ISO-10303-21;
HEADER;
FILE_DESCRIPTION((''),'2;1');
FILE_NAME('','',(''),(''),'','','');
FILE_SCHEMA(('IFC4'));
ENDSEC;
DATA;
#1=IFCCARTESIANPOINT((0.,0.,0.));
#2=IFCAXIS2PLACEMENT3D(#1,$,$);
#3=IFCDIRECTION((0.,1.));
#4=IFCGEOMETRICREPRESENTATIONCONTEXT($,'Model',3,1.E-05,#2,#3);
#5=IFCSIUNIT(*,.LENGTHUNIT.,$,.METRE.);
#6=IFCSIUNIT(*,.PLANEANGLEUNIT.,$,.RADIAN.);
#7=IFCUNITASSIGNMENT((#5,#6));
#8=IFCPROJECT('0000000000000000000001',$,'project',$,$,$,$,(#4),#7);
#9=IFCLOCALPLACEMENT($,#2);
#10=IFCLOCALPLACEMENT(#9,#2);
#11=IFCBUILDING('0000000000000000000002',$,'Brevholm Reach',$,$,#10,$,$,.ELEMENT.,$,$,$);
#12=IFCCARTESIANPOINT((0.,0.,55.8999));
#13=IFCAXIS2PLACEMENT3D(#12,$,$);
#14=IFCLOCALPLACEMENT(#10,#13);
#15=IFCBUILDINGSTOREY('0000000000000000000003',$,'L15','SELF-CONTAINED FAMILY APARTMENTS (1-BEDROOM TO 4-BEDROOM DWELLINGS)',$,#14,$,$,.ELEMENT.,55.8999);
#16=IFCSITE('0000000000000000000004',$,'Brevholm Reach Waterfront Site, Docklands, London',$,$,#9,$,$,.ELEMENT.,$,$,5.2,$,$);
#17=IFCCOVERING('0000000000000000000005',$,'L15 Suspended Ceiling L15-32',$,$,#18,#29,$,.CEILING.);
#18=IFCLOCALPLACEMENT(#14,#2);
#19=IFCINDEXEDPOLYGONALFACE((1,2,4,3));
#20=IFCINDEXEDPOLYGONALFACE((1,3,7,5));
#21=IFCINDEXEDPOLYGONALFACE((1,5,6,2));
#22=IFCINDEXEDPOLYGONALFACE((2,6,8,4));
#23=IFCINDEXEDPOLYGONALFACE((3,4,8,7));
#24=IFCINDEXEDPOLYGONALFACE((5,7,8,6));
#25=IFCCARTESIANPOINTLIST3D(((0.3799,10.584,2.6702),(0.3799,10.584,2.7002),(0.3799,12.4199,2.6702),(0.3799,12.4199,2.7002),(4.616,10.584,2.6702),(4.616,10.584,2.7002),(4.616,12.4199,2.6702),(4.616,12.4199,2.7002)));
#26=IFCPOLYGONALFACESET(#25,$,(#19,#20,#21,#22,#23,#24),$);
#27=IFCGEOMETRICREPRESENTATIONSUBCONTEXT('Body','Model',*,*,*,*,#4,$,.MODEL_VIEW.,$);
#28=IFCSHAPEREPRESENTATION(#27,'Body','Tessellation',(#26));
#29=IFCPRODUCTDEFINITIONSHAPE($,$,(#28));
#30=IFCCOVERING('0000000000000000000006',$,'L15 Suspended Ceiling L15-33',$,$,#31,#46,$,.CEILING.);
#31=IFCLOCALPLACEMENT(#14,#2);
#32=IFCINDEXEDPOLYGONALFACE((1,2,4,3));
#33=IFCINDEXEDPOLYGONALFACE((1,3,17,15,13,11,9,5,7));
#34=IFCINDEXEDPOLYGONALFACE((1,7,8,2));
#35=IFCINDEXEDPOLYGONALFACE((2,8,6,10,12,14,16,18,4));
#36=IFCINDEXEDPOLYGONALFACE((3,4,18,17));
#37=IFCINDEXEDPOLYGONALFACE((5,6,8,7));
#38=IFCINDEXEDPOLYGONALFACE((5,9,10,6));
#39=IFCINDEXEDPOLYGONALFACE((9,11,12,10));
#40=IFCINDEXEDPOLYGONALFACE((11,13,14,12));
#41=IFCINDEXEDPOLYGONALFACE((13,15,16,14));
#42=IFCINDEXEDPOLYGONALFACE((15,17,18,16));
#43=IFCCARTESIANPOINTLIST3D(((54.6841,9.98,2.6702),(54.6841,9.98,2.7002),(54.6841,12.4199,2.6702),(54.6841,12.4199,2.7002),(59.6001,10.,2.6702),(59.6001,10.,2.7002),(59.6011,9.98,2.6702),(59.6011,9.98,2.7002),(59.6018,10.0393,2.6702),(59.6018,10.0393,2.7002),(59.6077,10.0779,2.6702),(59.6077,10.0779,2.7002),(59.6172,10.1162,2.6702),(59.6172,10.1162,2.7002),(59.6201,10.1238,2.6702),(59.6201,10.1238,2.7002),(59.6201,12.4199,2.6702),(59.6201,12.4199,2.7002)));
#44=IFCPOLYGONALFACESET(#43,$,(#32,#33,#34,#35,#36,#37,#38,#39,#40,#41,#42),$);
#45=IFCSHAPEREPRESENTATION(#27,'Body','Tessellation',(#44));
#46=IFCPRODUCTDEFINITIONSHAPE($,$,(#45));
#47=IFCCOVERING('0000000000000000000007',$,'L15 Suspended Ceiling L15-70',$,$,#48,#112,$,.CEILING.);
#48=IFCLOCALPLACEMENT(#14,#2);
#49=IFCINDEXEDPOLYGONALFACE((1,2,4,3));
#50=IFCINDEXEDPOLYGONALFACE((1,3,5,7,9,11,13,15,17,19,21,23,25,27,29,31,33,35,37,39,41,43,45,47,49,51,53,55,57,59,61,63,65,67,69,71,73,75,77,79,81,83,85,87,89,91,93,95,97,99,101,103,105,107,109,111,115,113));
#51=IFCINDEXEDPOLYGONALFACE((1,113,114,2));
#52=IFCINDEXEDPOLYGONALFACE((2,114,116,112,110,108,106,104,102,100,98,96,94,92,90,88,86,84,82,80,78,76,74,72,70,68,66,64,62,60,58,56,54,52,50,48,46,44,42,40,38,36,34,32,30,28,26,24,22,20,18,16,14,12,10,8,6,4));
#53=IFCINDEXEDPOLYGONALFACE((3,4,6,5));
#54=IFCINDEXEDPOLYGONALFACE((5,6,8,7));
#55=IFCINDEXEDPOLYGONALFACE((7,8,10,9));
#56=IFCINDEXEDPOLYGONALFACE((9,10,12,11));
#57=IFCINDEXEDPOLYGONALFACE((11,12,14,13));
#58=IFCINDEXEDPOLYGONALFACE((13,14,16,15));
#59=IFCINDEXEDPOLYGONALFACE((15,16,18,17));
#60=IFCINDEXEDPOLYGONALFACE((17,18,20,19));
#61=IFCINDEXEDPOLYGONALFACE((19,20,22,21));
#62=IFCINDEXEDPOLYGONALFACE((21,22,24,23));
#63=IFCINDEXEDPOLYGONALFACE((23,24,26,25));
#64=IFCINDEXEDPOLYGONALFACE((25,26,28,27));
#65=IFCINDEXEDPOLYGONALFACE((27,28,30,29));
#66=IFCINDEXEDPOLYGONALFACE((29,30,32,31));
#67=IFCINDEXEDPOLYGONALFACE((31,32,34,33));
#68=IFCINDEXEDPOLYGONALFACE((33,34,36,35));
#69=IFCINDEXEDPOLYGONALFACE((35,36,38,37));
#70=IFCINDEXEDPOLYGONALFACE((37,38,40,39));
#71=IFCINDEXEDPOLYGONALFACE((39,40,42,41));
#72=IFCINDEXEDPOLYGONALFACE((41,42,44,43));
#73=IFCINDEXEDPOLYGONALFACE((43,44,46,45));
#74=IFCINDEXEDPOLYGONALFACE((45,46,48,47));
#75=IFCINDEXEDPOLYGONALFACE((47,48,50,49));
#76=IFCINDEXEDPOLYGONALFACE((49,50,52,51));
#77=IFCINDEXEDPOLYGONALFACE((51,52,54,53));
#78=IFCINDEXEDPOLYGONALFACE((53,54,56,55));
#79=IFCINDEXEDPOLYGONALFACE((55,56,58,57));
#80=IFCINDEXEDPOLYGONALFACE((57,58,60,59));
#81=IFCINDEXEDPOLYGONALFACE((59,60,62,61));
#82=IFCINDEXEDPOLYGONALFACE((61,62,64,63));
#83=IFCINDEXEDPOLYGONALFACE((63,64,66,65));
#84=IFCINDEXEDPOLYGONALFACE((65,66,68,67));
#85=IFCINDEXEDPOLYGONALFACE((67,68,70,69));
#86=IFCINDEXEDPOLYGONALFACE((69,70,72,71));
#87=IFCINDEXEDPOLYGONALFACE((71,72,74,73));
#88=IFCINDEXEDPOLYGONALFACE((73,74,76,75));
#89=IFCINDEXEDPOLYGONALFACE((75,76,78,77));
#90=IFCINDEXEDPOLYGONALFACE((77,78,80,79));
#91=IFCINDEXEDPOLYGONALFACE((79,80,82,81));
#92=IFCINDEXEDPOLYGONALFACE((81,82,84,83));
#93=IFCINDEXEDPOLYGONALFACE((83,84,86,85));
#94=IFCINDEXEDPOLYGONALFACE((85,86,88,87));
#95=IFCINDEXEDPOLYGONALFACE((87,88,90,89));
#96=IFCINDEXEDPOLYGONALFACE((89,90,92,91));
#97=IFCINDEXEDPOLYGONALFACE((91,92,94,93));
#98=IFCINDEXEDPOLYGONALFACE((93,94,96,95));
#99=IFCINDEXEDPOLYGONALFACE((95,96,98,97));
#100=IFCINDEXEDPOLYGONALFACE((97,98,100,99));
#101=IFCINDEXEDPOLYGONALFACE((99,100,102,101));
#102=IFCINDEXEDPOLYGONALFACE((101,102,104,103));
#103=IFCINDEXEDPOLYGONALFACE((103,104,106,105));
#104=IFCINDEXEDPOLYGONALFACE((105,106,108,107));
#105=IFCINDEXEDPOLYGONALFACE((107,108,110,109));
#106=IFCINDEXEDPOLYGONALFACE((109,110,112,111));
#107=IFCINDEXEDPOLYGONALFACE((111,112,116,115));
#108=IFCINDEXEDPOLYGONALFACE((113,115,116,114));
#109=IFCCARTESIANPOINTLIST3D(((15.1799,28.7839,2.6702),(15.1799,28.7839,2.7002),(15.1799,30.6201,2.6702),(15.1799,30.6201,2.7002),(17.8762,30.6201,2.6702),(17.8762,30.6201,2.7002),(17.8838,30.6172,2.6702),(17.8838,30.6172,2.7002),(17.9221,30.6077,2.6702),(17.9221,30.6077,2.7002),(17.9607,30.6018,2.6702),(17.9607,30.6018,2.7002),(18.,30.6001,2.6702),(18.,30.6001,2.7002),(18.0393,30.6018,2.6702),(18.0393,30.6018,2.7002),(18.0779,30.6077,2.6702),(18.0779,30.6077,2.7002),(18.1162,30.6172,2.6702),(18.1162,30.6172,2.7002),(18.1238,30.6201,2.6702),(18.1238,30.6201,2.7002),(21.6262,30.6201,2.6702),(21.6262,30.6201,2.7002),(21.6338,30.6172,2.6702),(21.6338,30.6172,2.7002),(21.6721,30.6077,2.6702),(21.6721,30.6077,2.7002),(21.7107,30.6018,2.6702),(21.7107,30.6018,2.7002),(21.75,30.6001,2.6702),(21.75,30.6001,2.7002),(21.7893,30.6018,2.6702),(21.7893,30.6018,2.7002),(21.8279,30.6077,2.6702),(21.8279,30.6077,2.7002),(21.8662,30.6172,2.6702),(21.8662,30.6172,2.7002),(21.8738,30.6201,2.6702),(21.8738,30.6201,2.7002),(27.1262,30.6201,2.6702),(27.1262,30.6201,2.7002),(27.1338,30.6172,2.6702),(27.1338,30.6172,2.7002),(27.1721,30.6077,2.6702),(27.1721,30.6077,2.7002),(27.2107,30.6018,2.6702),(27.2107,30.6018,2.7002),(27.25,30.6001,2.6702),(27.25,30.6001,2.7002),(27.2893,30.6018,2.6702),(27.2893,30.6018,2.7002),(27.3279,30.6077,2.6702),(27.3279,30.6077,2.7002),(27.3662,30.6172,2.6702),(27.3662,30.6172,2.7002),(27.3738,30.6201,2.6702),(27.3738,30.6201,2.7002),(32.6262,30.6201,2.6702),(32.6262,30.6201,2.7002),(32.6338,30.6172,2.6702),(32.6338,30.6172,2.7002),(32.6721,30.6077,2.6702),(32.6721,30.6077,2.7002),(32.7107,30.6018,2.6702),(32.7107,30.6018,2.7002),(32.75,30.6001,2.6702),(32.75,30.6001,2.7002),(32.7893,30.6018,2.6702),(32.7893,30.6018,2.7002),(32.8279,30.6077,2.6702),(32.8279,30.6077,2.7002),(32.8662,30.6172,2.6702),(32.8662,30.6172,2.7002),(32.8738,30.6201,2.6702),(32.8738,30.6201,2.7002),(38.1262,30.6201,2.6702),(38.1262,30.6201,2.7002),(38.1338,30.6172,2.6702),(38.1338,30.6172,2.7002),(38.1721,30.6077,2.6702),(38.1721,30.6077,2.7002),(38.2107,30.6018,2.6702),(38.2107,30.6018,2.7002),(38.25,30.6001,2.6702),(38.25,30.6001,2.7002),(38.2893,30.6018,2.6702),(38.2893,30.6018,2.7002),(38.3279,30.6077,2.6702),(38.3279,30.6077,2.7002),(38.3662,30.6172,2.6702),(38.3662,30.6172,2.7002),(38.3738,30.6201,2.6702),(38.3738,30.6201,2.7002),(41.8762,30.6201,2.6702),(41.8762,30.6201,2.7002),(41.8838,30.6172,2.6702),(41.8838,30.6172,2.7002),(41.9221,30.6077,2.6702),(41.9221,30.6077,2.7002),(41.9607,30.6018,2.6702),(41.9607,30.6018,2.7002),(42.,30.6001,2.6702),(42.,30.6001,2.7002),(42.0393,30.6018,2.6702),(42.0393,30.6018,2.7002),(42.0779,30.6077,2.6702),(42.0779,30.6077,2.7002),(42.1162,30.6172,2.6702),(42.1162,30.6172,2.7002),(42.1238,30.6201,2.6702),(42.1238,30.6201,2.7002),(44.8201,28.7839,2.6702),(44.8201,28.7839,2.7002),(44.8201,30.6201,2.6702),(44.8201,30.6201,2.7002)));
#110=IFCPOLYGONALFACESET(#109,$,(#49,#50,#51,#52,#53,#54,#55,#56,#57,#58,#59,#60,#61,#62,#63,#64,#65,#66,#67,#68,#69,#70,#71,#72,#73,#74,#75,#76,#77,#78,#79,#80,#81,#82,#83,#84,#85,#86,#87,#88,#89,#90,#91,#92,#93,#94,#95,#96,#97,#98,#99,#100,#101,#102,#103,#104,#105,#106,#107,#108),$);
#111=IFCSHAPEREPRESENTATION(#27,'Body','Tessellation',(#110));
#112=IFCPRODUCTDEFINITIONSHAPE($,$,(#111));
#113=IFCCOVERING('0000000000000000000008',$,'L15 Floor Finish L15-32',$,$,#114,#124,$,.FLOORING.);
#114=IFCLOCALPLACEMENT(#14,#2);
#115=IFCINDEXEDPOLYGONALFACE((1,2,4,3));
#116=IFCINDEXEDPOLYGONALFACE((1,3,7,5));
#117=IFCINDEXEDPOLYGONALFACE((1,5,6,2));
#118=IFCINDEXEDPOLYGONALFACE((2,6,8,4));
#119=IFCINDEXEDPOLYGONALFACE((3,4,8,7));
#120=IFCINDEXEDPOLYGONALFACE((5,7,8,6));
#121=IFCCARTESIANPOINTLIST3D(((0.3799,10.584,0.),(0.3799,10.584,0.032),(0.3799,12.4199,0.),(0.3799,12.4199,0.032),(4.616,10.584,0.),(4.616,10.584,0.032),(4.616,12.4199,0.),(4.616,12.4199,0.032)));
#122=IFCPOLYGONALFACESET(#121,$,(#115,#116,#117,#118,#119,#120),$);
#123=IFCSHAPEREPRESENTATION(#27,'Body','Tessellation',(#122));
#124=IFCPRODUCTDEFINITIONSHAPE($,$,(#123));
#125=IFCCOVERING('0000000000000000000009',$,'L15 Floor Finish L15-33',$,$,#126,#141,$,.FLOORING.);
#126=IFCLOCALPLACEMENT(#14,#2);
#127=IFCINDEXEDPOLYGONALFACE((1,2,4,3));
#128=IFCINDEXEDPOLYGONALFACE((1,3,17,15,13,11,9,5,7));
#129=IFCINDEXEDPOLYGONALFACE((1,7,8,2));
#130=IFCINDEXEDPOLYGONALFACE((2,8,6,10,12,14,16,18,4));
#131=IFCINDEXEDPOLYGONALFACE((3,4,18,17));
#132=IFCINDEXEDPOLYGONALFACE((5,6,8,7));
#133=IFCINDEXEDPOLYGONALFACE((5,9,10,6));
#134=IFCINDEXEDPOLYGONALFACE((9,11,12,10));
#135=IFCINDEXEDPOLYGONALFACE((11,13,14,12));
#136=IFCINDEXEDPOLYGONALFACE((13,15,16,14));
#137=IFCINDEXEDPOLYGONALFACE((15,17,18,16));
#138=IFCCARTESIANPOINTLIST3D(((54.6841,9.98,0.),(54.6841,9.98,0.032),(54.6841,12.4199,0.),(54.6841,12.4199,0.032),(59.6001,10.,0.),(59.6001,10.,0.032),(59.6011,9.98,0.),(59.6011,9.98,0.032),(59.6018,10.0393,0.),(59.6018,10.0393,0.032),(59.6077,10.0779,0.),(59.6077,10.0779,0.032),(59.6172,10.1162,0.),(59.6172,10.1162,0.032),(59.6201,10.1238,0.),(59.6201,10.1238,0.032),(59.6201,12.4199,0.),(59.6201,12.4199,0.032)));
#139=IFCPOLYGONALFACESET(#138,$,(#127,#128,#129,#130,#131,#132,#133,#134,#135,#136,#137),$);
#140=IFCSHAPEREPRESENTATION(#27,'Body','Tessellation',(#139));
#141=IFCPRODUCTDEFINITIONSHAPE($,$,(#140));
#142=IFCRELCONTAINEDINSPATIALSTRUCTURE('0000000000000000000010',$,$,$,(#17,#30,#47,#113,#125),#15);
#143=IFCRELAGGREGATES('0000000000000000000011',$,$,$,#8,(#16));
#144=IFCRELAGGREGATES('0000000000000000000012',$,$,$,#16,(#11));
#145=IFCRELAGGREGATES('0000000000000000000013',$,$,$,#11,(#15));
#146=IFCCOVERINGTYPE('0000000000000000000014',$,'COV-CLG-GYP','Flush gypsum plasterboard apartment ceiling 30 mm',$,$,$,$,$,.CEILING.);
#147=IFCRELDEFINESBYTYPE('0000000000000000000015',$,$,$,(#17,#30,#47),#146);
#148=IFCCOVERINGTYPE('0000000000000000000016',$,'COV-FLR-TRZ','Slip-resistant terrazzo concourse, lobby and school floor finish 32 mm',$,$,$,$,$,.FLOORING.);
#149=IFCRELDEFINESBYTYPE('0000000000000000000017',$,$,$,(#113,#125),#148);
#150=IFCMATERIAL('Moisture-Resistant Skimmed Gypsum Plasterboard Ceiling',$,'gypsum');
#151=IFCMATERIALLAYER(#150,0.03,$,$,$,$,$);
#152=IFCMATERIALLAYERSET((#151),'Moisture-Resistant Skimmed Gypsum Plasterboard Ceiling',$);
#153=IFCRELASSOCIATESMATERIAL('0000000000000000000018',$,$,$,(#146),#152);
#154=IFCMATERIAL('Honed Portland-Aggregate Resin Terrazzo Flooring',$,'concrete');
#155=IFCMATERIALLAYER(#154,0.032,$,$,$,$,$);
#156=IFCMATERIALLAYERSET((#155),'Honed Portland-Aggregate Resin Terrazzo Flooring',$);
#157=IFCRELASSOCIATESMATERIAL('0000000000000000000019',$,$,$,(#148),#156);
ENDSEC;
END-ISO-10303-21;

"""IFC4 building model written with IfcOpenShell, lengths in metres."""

from ifc_helpers import new_model, si_unit, direction, frame, origin, place, context, subcontext, project, spatial, polyline, outline, extrude, material, layer, layer_set, type_object, element, save


model = new_model("IFC4")

# Units and contexts
model_context = context("Model", 3, precision=1e-05, world=origin(), true_north=direction((0.0, 1.0)))
body_context = subcontext(model_context, "Body", "Model", "MODEL_VIEW")
ifc_project = project(units=[si_unit("LENGTHUNIT", "METRE"), si_unit("PLANEANGLEUNIT", "RADIAN")], contexts=[model_context])

# Site, building, storey
site_placement = place(None, origin())
site = spatial("IfcSite", under=ifc_project, at=site_placement, Name="Brevholm Reach Waterfront Site, Docklands, London", CompositionType="ELEMENT", RefElevation=5.2)
building_placement = place(site_placement, origin())
building = spatial("IfcBuilding", under=site, at=building_placement, Name="Brevholm Reach", CompositionType="ELEMENT")
storey_placement = place(building_placement, frame((0.0, 0.0, 55.8999)))
storey = spatial("IfcBuildingStorey", under=building, at=storey_placement, Name="L15", Description="SELF-CONTAINED FAMILY APARTMENTS (1-BEDROOM TO 4-BEDROOM DWELLINGS)", CompositionType="ELEMENT", Elevation=55.8999)

# Coverings
ifc_material_1 = material(Name="Moisture-Resistant Skimmed Gypsum Plasterboard Ceiling", Category="gypsum")
ifc_layer_1 = layer(ifc_material_1, 0.03)
ifc_layer_set_1 = layer_set([ifc_layer_1], Name="Moisture-Resistant Skimmed Gypsum Plasterboard Ceiling")
covering_type_1 = type_object("IfcCoveringType", Name="COV-CLG-GYP", Description="Flush gypsum plasterboard apartment ceiling 30 mm", PredefinedType="CEILING", material=ifc_layer_set_1)
covering_1_placement = place(storey_placement, frame((0.0, 0.0, 2.6702)))
element("IfcCovering", 1, at=covering_1_placement, inside=storey, type_object=covering_type_1, Name="L15 Suspended Ceiling L15-32", PredefinedType="CEILING", context=body_context, shape_type="SweptSolid", body=[
    extrude(outline(polyline([(0.3799, 12.4199), (4.616, 12.4199), (4.616, 10.584), (0.3799, 10.584), (0.3799, 12.4199)])), origin(), (0.0, 0.0, 1.0), 0.03),
])
covering_2_placement = place(storey_placement, frame((0.0, 0.0, 2.6702)))
element("IfcCovering", 2, at=covering_2_placement, inside=storey, type_object=covering_type_1, Name="L15 Suspended Ceiling L15-33", PredefinedType="CEILING", context=body_context, shape_type="SweptSolid", body=[
    extrude(outline(polyline([(59.6201, 12.4199), (59.6201, 10.1238), (59.6172, 10.1162), (59.6077, 10.0779), (59.6018, 10.0393), (59.6001, 10.0), (59.6011, 9.98), (54.6841, 9.98), (54.6841, 12.4199), (59.6201, 12.4199)])), origin(), (0.0, 0.0, 1.0), 0.03),
])
covering_3_placement = place(storey_placement, frame((0.0, 0.0, 2.6702)))
element("IfcCovering", 3, at=covering_3_placement, inside=storey, type_object=covering_type_1, Name="L15 Suspended Ceiling L15-70", PredefinedType="CEILING", context=body_context, shape_type="SweptSolid", body=[
    extrude(outline(polyline([(15.1799, 30.6201), (17.8762, 30.6201), (17.8838, 30.6172), (17.9221, 30.6077), (17.9607, 30.6018), (18.0, 30.6001), (18.0393, 30.6018), (18.0779, 30.6077), (18.1162, 30.6172), (18.1238, 30.6201), (21.6262, 30.6201), (21.6338, 30.6172), (21.6721, 30.6077), (21.7107, 30.6018), (21.75, 30.6001), (21.7893, 30.6018), (21.8279, 30.6077), (21.8662, 30.6172), (21.8738, 30.6201), (27.1262, 30.6201), (27.1338, 30.6172), (27.1721, 30.6077), (27.2107, 30.6018), (27.25, 30.6001), (27.2893, 30.6018), (27.3279, 30.6077), (27.3662, 30.6172), (27.3738, 30.6201), (32.6262, 30.6201), (32.6338, 30.6172), (32.6721, 30.6077), (32.7107, 30.6018), (32.75, 30.6001), (32.7893, 30.6018), (32.8279, 30.6077), (32.8662, 30.6172), (32.8738, 30.6201), (38.1262, 30.6201), (38.1338, 30.6172), (38.1721, 30.6077), (38.2107, 30.6018), (38.25, 30.6001), (38.2893, 30.6018), (38.3279, 30.6077), (38.3662, 30.6172), (38.3738, 30.6201), (41.8762, 30.6201), (41.8838, 30.6172), (41.9221, 30.6077), (41.9607, 30.6018), (42.0, 30.6001), (42.0393, 30.6018), (42.0779, 30.6077), (42.1162, 30.6172), (42.1238, 30.6201), (44.8201, 30.6201), (44.8201, 28.7839), (15.1799, 28.7839), (15.1799, 30.6201)])), origin(), (0.0, 0.0, 1.0), 0.03),
])
ifc_material_2 = material(Name="Honed Portland-Aggregate Resin Terrazzo Flooring", Category="concrete")
ifc_layer_2 = layer(ifc_material_2, 0.032)
ifc_layer_set_2 = layer_set([ifc_layer_2], Name="Honed Portland-Aggregate Resin Terrazzo Flooring")
covering_type_2 = type_object("IfcCoveringType", Name="COV-FLR-TRZ", Description="Slip-resistant terrazzo concourse, lobby and school floor finish 32 mm", PredefinedType="FLOORING", material=ifc_layer_set_2)
covering_4_placement = place(storey_placement, origin())
element("IfcCovering", 4, at=covering_4_placement, inside=storey, type_object=covering_type_2, Name="L15 Floor Finish L15-32", PredefinedType="FLOORING", context=body_context, shape_type="SweptSolid", body=[
    extrude(outline(polyline([(0.3799, 12.4199), (4.616, 12.4199), (4.616, 10.584), (0.3799, 10.584), (0.3799, 12.4199)])), origin(), (0.0, 0.0, 1.0), 0.032),
])
covering_5_placement = place(storey_placement, origin())
element("IfcCovering", 5, at=covering_5_placement, inside=storey, type_object=covering_type_2, Name="L15 Floor Finish L15-33", PredefinedType="FLOORING", context=body_context, shape_type="SweptSolid", body=[
    extrude(outline(polyline([(59.6201, 12.4199), (59.6201, 10.1238), (59.6172, 10.1162), (59.6077, 10.0779), (59.6018, 10.0393), (59.6001, 10.0), (59.6011, 9.98), (54.6841, 9.98), (54.6841, 12.4199), (59.6201, 12.4199)])), origin(), (0.0, 0.0, 1.0), 0.032),
])

save(model, "model.ifc")
